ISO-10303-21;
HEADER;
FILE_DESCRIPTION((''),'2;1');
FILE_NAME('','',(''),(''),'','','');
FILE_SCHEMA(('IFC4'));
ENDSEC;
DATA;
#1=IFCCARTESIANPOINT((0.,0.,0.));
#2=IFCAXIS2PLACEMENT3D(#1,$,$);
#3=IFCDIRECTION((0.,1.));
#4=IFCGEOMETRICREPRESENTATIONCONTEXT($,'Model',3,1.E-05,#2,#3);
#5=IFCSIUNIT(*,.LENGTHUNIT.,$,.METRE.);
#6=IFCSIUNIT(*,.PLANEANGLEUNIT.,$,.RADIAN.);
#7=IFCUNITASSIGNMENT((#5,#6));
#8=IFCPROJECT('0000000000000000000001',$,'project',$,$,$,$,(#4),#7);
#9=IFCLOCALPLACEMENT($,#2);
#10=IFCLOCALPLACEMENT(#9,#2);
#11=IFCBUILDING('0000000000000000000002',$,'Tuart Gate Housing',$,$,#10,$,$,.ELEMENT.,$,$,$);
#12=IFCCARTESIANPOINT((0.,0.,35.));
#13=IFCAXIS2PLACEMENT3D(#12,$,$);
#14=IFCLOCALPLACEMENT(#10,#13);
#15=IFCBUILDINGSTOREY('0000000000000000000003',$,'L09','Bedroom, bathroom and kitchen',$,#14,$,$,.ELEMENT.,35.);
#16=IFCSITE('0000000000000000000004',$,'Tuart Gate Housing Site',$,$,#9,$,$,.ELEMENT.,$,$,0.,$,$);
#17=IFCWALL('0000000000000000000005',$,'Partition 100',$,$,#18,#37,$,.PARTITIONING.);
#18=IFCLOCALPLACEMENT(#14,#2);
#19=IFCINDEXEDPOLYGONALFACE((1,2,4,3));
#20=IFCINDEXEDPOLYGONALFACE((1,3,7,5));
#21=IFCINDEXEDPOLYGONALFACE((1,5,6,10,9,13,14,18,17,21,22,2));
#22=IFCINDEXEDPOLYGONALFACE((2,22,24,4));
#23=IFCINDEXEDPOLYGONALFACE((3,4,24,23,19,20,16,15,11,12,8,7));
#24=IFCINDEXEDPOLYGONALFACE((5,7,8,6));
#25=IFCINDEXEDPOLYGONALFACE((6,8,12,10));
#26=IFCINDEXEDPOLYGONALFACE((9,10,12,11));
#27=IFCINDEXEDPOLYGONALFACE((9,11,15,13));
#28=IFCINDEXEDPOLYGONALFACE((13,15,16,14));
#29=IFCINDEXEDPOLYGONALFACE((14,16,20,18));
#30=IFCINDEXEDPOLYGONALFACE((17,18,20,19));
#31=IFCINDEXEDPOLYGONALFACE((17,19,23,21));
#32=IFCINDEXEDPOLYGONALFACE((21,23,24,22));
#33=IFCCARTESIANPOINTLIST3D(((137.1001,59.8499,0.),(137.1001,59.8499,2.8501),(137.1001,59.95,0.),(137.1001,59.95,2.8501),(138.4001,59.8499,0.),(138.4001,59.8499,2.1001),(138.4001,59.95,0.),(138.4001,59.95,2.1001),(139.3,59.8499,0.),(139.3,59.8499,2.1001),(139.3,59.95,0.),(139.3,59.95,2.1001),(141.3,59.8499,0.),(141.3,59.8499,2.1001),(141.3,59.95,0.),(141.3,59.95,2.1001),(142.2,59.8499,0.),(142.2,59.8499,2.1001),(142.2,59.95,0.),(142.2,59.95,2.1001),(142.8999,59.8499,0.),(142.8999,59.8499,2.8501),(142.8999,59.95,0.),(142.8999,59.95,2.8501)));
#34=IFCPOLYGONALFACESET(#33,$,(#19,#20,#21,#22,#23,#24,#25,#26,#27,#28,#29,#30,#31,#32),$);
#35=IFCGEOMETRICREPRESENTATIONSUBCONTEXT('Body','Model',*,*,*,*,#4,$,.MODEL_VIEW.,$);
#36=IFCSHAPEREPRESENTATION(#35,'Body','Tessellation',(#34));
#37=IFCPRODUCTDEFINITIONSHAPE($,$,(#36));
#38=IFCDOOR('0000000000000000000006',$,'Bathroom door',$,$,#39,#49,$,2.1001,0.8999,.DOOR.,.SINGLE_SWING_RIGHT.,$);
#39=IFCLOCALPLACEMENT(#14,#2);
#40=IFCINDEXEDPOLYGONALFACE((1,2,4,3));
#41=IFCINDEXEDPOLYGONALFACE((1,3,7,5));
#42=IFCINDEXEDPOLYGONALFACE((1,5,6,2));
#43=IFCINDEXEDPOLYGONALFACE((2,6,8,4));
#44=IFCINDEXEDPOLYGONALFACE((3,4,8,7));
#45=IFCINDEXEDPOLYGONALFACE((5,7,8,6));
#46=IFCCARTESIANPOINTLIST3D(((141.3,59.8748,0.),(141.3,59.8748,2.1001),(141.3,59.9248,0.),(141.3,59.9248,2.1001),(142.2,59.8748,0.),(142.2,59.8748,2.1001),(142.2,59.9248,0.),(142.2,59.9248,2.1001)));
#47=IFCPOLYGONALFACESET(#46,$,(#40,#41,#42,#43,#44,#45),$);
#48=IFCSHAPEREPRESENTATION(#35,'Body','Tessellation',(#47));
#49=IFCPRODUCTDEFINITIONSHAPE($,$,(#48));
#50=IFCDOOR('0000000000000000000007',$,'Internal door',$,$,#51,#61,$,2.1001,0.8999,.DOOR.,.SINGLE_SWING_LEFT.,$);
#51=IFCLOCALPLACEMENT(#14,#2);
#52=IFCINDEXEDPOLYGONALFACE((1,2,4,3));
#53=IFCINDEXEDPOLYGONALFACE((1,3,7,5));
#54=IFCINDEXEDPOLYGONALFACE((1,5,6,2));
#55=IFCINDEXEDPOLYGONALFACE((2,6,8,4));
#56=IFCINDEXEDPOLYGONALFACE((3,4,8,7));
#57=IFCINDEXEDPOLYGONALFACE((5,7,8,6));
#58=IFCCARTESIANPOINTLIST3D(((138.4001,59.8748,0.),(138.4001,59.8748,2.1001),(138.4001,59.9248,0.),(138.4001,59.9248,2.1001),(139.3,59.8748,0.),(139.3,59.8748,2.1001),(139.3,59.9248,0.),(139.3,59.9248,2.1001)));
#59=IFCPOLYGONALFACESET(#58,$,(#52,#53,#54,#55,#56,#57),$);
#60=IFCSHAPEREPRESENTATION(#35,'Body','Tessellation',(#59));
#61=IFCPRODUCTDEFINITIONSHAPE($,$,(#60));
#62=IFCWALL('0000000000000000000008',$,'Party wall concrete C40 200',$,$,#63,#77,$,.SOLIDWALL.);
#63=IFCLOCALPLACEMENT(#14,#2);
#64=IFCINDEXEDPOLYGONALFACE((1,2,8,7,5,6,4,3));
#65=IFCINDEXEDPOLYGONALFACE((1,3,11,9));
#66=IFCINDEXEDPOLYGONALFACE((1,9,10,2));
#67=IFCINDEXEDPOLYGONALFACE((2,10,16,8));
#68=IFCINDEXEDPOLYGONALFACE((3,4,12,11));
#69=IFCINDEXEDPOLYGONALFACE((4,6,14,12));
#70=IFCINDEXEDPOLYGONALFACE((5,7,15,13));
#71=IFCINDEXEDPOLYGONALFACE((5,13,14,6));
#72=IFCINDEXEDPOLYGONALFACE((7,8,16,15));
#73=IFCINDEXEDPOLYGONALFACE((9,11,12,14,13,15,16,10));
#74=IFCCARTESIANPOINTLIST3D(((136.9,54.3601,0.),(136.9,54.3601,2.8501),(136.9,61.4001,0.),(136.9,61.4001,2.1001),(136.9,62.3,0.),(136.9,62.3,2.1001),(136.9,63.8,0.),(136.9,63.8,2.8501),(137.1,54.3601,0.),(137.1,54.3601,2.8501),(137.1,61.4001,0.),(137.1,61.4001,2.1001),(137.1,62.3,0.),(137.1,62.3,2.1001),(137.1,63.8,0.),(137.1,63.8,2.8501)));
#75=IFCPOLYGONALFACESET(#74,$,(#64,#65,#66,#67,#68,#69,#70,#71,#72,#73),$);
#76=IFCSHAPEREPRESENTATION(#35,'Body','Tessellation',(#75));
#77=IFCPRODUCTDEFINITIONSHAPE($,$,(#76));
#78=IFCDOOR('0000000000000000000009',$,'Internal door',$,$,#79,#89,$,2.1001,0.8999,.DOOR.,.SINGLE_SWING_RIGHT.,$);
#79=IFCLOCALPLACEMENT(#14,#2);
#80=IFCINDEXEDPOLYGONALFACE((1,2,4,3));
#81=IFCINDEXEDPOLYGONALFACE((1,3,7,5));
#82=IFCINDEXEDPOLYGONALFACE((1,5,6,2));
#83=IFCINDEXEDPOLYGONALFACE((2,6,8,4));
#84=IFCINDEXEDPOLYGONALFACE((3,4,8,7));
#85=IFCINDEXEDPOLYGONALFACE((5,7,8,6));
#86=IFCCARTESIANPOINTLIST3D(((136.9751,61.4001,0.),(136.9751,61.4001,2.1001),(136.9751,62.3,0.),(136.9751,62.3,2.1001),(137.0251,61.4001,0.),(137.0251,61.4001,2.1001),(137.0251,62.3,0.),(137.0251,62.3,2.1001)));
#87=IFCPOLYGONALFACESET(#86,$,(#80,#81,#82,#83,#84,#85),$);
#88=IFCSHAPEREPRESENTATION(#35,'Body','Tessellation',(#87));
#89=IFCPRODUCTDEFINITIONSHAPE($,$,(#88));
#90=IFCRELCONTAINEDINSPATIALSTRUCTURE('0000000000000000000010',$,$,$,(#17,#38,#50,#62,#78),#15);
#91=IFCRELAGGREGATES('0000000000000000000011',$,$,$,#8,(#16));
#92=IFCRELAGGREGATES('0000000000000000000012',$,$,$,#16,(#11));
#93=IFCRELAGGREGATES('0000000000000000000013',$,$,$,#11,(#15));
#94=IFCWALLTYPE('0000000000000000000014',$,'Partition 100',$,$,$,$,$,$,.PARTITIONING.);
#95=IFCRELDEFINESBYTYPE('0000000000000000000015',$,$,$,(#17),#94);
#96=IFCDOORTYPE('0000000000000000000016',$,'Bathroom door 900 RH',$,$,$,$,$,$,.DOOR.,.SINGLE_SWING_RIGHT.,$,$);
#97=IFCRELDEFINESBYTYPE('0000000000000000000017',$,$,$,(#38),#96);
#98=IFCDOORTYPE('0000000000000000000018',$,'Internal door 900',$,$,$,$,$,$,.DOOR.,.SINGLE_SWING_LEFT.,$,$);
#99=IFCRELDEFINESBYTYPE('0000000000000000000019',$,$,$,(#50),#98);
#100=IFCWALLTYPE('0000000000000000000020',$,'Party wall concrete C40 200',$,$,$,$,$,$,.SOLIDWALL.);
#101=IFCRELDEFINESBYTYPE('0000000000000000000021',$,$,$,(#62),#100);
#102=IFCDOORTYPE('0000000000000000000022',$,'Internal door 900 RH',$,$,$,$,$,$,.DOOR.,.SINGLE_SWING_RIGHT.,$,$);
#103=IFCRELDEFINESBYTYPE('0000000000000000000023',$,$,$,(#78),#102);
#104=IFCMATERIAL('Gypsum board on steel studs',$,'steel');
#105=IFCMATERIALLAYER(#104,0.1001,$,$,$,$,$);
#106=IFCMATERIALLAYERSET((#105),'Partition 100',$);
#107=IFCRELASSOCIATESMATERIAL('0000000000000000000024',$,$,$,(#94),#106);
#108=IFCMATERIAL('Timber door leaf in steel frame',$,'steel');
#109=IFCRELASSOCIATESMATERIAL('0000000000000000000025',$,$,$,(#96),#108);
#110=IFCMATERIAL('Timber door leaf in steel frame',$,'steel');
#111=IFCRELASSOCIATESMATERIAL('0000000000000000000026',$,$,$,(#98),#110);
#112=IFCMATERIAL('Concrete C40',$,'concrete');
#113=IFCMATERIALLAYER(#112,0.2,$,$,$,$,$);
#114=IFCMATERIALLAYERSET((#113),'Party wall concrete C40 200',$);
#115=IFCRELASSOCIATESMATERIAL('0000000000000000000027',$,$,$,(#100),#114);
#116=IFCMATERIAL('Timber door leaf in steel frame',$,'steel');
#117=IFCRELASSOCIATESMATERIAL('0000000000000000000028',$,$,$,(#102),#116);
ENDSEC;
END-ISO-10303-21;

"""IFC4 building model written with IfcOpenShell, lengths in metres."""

from ifc_helpers import new_model, si_unit, direction, frame, frame_2d, origin, place, context, subcontext, project, spatial, rectangle, extrude, material, layer, layer_set, type_object, element, fill, save


model = new_model("IFC4")

# Units and contexts
model_context = context("Model", 3, precision=1e-05, world=origin(), true_north=direction((0.0, 1.0)))
body_context = subcontext(model_context, "Body", "Model", "MODEL_VIEW")
ifc_project = project(units=[si_unit("LENGTHUNIT", "METRE"), si_unit("PLANEANGLEUNIT", "RADIAN")], contexts=[model_context])

# Site, building, storey
site_placement = place(None, origin())
site = spatial("IfcSite", under=ifc_project, at=site_placement, Name="Tuart Gate Housing Site", CompositionType="ELEMENT", RefElevation=0.0)
building_placement = place(site_placement, origin())
building = spatial("IfcBuilding", under=site, at=building_placement, Name="Tuart Gate Housing", CompositionType="ELEMENT")
storey_placement = place(building_placement, frame((0.0, 0.0, 35.0)))
storey = spatial("IfcBuildingStorey", under=building, at=storey_placement, Name="L09", Description="Bedroom, bathroom and kitchen", CompositionType="ELEMENT", Elevation=35.0)

# Wall, openings, doors
ifc_material_1 = material(Name="Gypsum board on steel studs", Category="steel")
ifc_layer_1 = layer(ifc_material_1, 0.1001)
ifc_layer_set_1 = layer_set([ifc_layer_1], Name="Partition 100")
wall_type_1 = type_object("IfcWallType", Name="Partition 100", PredefinedType="PARTITIONING", material=ifc_layer_set_1)
wall_1_placement = place(storey_placement, frame((137.1001, 59.8999, 0.0), z_axis=(0.0, 0.0, 1.0), x_axis=(1.0, 0.0, 0.0)))
wall_1 = element("IfcWall", 1, at=wall_1_placement, inside=storey, type_object=wall_type_1, Name="Partition 100", PredefinedType="PARTITIONING", context=body_context, shape_type="SweptSolid", body=[
    extrude(rectangle(XDim=5.7998, YDim=0.1001, at=frame_2d((2.8999, 0.0))), origin(), (0.0, 0.0, 1.0), 2.8501),
])
opening_1_placement = place(wall_1_placement, frame((1.3, 0.0, 0.0)))
opening_1 = element("IfcOpeningElement", 2, at=opening_1_placement, cuts=wall_1, PredefinedType="OPENING", context=body_context, shape_type="SweptSolid", body=[
    extrude(rectangle(XDim=0.8999, YDim=2.1001, at=frame_2d((0.45, 1.05))), frame((0.0, 0.0601, 0.0), z_axis=(0.0, -1.0, 0.0), x_axis=(1.0, 0.0, 0.0)), (0.0, 0.0, 1.0), 0.1201),
])
opening_2_placement = place(wall_1_placement, frame((4.2, 0.0, 0.0)))
opening_2 = element("IfcOpeningElement", 3, at=opening_2_placement, cuts=wall_1, PredefinedType="OPENING", context=body_context, shape_type="SweptSolid", body=[
    extrude(rectangle(XDim=0.8999, YDim=2.1001, at=frame_2d((0.45, 1.05))), frame((0.0, 0.0601, 0.0), z_axis=(0.0, -1.0, 0.0), x_axis=(1.0, 0.0, 0.0)), (0.0, 0.0, 1.0), 0.1201),
])
ifc_material_2 = material(Name="Timber door leaf in steel frame", Category="steel")
door_type_1 = type_object("IfcDoorType", Name="Bathroom door 900 RH", OperationType="SINGLE_SWING_RIGHT", PredefinedType="DOOR", material=ifc_material_2)
door_1_placement = place(opening_2_placement, frame((0.8999, 0.0, 0.0), z_axis=(0.0, 0.0, 1.0), x_axis=(-1.0, 0.0, 0.0)))
door_1 = element("IfcDoor", 4, at=door_1_placement, inside=storey, type_object=door_type_1, Name="Bathroom door", OperationType="SINGLE_SWING_RIGHT", OverallHeight=2.1001, OverallWidth=0.8999, PredefinedType="DOOR", context=body_context, shape_type="SweptSolid", body=[
    extrude(rectangle(XDim=0.8999, YDim=2.1001, at=frame_2d((0.45, 1.05))), frame((0.0, 0.0251, 0.0), z_axis=(0.0, -1.0, 0.0), x_axis=(1.0, 0.0, 0.0)), (0.0, 0.0, 1.0), 0.05),
])
fill(opening_2, door_1)
ifc_material_3 = material(Name="Timber door leaf in steel frame", Category="steel")
door_type_2 = type_object("IfcDoorType", Name="Internal door 900", OperationType="SINGLE_SWING_LEFT", PredefinedType="DOOR", material=ifc_material_3)
door_2_placement = place(opening_1_placement, frame((0.8999, 0.0, 0.0), z_axis=(0.0, 0.0, 1.0), x_axis=(-1.0, 0.0, 0.0)))
door_2 = element("IfcDoor", 5, at=door_2_placement, inside=storey, type_object=door_type_2, Name="Internal door", OperationType="SINGLE_SWING_LEFT", OverallHeight=2.1001, OverallWidth=0.8999, PredefinedType="DOOR", context=body_context, shape_type="SweptSolid", body=[
    extrude(rectangle(XDim=0.8999, YDim=2.1001, at=frame_2d((0.45, 1.05))), frame((0.0, 0.0251, 0.0), z_axis=(0.0, -1.0, 0.0), x_axis=(1.0, 0.0, 0.0)), (0.0, 0.0, 1.0), 0.05),
])
fill(opening_1, door_2)

# Wall, opening, door
ifc_material_4 = material(Name="Concrete C40", Category="concrete")
ifc_layer_2 = layer(ifc_material_4, 0.2)
ifc_layer_set_2 = layer_set([ifc_layer_2], Name="Party wall concrete C40 200")
wall_type_2 = type_object("IfcWallType", Name="Party wall concrete C40 200", PredefinedType="SOLIDWALL", material=ifc_layer_set_2)
wall_2_placement = place(storey_placement, frame((137.0, 54.3601, 0.0), z_axis=(0.0, 0.0, 1.0), x_axis=(0.0, 1.0, 0.0)))
wall_2 = element("IfcWall", 6, at=wall_2_placement, inside=storey, type_object=wall_type_2, Name="Party wall concrete C40 200", PredefinedType="SOLIDWALL", context=body_context, shape_type="SweptSolid", body=[
    extrude(rectangle(XDim=9.4399, YDim=0.2, at=frame_2d((4.72, 0.0))), origin(), (0.0, 0.0, 1.0), 2.8501),
])
opening_3_placement = place(wall_2_placement, frame((7.04, 0.0, 0.0)))
opening_3 = element("IfcOpeningElement", 7, at=opening_3_placement, cuts=wall_2, PredefinedType="OPENING", context=body_context, shape_type="SweptSolid", body=[
    extrude(rectangle(XDim=0.8999, YDim=2.1001, at=frame_2d((0.45, 1.05))), frame((0.0, 0.1099, 0.0), z_axis=(0.0, -1.0, 0.0), x_axis=(1.0, 0.0, 0.0)), (0.0, 0.0, 1.0), 0.22),
])
ifc_material_5 = material(Name="Timber door leaf in steel frame", Category="steel")
door_type_3 = type_object("IfcDoorType", Name="Internal door 900 RH", OperationType="SINGLE_SWING_RIGHT", PredefinedType="DOOR", material=ifc_material_5)
door_3_placement = place(opening_3_placement, frame((0.8999, 0.0, 0.0), z_axis=(0.0, 0.0, 1.0), x_axis=(-1.0, 0.0, 0.0)))
door_3 = element("IfcDoor", 8, at=door_3_placement, inside=storey, type_object=door_type_3, Name="Internal door", OperationType="SINGLE_SWING_RIGHT", OverallHeight=2.1001, OverallWidth=0.8999, PredefinedType="DOOR", context=body_context, shape_type="SweptSolid", body=[
    extrude(rectangle(XDim=0.8999, YDim=2.1001, at=frame_2d((0.45, 1.05))), frame((0.0, 0.0251, 0.0), z_axis=(0.0, -1.0, 0.0), x_axis=(1.0, 0.0, 0.0)), (0.0, 0.0, 1.0), 0.05),
])
fill(opening_3, door_3)

save(model, "model.ifc")
